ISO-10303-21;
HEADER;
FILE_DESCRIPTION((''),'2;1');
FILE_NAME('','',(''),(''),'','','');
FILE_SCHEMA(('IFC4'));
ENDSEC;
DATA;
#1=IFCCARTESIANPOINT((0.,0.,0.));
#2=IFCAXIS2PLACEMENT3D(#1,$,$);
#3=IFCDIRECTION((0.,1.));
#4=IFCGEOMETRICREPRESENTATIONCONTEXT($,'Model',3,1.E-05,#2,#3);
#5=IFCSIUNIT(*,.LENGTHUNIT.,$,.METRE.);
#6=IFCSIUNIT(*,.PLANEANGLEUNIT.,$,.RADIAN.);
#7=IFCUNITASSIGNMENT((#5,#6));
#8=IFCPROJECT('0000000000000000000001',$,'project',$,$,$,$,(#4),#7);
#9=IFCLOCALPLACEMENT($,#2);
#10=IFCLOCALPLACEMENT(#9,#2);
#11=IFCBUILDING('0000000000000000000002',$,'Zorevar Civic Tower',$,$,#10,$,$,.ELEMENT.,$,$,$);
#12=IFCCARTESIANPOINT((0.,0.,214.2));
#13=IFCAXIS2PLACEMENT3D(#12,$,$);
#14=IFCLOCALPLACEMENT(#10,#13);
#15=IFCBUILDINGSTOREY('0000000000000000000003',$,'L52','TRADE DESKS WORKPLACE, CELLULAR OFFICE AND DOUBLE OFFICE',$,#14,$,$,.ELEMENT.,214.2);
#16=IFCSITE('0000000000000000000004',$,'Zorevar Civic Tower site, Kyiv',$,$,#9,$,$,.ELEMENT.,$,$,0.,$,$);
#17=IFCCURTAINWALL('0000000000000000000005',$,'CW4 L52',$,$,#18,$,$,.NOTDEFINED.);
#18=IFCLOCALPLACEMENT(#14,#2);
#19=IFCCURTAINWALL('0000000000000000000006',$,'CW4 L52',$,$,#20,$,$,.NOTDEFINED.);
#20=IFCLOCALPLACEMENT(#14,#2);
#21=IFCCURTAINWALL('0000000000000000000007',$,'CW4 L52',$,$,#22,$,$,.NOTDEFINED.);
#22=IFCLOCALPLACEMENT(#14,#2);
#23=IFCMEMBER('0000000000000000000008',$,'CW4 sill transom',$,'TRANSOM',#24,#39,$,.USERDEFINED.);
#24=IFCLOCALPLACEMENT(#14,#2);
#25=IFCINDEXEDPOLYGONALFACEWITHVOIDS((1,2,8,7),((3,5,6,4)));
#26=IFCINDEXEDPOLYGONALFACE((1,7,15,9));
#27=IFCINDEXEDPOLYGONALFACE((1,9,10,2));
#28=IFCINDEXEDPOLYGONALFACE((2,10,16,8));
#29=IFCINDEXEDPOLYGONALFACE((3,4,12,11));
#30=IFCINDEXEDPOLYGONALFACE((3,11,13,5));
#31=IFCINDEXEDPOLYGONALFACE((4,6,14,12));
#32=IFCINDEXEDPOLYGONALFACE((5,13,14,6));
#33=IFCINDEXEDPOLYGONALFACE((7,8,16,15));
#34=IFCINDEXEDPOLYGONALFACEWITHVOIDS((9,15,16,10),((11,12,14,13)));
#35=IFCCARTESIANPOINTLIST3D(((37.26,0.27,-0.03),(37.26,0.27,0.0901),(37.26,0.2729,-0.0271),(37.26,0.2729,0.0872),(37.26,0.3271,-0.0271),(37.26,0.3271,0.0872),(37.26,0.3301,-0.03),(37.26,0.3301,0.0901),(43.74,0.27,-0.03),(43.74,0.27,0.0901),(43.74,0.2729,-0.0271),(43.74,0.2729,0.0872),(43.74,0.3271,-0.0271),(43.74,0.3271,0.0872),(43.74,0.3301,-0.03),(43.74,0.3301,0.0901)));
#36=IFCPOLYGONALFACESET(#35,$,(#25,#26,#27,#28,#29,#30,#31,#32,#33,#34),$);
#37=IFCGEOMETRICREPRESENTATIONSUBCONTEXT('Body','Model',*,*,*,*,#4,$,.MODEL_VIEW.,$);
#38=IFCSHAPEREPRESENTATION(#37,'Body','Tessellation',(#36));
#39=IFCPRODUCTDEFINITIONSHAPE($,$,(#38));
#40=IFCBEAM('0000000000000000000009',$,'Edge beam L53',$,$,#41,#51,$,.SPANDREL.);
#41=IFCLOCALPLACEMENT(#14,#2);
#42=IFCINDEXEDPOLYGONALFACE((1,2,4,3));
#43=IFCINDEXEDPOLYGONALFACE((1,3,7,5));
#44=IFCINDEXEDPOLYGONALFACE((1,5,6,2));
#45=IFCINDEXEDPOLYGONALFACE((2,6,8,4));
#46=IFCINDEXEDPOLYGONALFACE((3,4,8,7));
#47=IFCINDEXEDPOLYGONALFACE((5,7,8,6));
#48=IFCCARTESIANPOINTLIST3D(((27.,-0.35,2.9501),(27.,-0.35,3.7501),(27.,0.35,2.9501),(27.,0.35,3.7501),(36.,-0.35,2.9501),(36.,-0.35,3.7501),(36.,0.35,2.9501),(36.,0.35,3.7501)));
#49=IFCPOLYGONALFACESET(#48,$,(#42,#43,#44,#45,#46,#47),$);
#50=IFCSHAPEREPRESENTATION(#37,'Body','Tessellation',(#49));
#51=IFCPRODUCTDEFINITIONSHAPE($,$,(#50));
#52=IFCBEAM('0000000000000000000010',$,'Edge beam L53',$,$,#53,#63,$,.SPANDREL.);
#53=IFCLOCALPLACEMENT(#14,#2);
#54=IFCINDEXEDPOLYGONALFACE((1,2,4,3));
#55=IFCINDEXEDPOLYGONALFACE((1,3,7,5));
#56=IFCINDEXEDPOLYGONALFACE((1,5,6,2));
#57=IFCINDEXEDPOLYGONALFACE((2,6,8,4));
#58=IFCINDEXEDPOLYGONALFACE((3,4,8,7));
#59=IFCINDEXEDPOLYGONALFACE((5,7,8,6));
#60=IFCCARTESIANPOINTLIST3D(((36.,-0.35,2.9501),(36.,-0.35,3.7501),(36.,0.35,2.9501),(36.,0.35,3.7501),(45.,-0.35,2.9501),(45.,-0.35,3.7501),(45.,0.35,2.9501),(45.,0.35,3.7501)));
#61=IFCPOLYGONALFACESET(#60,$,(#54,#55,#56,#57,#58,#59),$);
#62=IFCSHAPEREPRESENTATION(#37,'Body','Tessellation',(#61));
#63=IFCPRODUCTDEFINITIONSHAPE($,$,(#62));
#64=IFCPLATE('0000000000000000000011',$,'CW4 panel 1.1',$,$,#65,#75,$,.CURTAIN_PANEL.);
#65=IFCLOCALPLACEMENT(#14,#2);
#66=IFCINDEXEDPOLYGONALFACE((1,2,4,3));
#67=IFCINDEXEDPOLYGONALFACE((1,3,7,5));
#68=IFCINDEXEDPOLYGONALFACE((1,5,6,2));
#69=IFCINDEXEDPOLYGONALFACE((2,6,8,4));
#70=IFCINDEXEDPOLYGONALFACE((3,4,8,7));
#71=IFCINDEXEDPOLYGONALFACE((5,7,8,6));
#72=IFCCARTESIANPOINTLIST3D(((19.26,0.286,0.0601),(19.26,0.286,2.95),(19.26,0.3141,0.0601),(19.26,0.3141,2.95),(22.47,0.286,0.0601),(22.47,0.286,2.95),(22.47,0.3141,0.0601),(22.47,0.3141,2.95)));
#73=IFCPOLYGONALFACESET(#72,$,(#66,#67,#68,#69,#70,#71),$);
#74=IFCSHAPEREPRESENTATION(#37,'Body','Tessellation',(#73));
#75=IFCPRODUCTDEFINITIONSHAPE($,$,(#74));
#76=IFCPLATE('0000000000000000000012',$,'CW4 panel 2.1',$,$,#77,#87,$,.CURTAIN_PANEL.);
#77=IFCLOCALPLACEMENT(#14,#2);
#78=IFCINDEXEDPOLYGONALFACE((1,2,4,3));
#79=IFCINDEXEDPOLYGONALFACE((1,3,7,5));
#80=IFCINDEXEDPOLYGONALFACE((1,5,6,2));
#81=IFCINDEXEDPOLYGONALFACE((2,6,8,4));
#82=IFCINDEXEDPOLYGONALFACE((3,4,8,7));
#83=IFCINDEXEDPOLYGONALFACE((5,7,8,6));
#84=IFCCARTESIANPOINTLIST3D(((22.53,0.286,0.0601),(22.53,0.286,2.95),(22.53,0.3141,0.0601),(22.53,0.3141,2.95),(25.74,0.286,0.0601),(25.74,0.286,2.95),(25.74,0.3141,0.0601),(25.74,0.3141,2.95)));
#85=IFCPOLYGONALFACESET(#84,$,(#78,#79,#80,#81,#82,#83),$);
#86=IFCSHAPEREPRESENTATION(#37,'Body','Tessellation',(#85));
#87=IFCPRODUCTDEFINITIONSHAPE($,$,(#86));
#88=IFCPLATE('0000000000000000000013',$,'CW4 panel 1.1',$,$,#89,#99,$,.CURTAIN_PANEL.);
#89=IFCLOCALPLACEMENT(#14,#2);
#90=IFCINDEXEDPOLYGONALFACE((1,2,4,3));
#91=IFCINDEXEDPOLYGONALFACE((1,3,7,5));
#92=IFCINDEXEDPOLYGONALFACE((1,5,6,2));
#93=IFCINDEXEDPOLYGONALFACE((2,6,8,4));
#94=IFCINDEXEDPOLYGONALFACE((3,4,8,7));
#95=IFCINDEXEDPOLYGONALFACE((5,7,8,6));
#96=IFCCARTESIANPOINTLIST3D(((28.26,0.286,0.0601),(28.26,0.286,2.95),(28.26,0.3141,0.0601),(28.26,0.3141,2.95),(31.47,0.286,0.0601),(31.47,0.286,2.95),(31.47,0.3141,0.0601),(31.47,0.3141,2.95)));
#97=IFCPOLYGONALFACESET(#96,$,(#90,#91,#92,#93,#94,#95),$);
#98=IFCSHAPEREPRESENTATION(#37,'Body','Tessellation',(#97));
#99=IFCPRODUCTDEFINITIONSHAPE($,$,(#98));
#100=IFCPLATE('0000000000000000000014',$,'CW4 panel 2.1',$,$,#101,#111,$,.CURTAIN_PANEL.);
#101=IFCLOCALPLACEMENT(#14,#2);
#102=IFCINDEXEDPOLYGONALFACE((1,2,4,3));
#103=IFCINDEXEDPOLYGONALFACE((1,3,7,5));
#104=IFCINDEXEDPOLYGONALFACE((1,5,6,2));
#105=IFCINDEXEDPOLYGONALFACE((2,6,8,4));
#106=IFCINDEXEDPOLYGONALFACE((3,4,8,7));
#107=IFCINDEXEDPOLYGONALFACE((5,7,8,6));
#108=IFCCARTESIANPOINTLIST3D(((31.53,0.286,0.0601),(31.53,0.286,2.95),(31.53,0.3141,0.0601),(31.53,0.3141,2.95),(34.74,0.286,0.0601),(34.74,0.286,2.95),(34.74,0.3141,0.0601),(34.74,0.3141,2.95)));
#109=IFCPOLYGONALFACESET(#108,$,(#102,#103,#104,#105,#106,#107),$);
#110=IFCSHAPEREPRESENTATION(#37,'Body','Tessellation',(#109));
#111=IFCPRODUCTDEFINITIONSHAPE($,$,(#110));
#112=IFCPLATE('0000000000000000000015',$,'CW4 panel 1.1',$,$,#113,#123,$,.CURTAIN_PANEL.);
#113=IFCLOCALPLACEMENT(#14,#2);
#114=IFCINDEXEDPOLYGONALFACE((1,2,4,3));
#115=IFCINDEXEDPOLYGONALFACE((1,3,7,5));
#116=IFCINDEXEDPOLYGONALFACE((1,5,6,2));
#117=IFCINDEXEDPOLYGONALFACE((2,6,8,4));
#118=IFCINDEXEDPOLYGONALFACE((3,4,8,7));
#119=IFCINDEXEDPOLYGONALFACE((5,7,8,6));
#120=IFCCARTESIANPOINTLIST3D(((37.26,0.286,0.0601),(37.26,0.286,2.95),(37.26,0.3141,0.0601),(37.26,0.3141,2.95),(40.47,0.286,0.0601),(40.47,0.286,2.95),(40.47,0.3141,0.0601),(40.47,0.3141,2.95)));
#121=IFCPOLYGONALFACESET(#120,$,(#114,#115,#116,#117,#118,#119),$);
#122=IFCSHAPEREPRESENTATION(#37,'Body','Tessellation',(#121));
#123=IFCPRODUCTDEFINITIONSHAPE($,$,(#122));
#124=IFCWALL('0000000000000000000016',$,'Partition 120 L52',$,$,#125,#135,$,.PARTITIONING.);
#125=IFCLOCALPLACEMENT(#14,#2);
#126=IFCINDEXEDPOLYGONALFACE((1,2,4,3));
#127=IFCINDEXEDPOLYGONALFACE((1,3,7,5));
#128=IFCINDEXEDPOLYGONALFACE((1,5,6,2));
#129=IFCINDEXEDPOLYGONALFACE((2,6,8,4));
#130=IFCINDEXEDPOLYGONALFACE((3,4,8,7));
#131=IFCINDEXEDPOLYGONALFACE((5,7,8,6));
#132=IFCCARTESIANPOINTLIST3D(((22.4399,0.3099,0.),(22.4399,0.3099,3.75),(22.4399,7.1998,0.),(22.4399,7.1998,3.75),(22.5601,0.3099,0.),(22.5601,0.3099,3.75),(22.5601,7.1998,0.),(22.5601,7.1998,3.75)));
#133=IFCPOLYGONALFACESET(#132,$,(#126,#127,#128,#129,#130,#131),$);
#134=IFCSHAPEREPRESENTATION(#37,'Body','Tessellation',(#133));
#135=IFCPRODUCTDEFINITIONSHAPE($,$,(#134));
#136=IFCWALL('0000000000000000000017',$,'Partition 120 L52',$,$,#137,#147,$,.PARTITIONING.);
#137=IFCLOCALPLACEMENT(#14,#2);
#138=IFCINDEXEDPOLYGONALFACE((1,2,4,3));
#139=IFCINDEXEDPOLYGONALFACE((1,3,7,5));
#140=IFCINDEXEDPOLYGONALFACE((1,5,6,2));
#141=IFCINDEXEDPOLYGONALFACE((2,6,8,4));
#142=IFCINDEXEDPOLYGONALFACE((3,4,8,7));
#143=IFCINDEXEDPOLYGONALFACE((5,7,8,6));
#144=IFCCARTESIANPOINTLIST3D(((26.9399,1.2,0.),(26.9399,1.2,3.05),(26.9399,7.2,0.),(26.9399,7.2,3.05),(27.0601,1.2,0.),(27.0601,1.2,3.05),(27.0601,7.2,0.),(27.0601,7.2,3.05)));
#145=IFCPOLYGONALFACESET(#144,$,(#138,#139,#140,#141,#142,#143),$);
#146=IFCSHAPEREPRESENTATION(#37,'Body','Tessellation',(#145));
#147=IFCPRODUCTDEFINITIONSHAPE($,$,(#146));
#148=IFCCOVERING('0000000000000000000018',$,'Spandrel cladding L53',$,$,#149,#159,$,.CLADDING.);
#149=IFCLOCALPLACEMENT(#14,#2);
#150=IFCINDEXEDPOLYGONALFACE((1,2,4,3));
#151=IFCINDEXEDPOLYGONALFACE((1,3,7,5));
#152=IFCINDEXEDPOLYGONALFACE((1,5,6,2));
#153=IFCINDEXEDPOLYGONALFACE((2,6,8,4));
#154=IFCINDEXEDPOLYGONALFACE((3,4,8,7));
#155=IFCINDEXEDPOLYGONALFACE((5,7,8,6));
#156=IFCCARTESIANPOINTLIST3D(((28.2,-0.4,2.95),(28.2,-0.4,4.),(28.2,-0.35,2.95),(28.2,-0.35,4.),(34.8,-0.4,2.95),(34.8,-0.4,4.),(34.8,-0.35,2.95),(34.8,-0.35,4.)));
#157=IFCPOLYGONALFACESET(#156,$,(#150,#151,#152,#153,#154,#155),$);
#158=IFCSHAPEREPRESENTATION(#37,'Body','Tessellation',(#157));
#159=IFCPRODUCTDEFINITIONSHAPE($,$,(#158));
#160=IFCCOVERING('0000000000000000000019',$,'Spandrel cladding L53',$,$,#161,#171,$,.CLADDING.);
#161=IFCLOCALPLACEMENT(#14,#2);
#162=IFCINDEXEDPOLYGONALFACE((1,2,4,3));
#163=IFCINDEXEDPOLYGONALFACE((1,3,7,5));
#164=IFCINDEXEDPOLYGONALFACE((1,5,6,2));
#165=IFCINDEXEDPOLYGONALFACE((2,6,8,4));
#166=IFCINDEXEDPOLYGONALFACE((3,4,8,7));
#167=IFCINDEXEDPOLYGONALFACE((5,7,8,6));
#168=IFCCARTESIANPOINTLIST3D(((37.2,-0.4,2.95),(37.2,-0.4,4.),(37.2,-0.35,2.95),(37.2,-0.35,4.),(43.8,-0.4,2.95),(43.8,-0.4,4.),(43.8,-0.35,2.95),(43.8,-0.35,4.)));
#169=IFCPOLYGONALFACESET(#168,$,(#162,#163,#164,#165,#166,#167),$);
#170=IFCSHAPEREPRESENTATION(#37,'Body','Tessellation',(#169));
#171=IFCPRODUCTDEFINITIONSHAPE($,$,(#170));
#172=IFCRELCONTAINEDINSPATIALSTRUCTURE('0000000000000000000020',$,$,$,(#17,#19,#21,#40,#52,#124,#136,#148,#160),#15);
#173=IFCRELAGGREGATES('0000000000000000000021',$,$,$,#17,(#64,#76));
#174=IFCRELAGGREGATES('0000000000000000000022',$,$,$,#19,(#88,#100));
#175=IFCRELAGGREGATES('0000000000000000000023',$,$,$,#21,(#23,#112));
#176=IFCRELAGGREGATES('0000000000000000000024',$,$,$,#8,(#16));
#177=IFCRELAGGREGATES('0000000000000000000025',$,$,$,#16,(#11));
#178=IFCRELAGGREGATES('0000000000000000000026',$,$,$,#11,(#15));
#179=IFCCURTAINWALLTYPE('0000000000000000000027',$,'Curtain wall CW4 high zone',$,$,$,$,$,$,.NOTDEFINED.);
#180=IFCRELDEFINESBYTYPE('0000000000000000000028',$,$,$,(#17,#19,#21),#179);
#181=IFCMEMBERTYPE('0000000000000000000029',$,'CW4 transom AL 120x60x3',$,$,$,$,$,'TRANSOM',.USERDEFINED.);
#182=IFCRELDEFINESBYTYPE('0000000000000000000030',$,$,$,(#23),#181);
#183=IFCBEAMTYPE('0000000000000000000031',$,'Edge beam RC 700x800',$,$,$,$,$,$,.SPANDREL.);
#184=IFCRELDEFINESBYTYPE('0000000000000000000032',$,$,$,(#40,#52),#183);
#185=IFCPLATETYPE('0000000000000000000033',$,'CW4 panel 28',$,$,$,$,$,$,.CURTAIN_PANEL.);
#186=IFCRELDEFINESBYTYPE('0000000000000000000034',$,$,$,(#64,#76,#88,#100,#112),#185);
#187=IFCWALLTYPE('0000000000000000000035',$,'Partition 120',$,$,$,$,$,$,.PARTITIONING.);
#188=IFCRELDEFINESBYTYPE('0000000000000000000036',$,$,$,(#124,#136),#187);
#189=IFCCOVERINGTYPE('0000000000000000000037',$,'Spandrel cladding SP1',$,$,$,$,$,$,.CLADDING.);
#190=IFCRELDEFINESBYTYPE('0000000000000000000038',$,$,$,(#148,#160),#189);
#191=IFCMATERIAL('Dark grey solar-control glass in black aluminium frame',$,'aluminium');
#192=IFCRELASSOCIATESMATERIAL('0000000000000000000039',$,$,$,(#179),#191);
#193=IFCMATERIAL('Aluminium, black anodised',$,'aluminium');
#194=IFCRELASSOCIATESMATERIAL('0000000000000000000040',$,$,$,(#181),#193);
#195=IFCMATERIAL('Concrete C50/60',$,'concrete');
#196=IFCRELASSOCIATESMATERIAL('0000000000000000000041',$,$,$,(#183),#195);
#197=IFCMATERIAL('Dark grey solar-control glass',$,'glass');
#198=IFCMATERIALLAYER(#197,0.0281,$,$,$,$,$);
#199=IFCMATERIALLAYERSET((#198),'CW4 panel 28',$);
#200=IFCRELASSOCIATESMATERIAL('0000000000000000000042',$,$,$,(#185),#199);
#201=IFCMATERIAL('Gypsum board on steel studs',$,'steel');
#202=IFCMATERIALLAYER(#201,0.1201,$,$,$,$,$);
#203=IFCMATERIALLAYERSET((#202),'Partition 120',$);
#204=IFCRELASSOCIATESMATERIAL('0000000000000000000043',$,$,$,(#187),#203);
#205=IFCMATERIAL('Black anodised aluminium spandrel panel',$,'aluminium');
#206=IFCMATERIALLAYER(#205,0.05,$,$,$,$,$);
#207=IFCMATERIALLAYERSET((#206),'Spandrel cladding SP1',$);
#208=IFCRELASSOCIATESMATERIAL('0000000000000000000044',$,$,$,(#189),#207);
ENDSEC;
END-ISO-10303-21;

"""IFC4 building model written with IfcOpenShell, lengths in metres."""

from ifc_helpers import new_model, si_unit, direction, frame, frame_2d, origin, origin_2d, place, context, subcontext, project, spatial, rectangle, hollow_rectangle, extrude, material, layer, layer_set, material_profile, profile_set, type_object, element, aggregate, save


model = new_model("IFC4")

# Units and contexts
model_context = context("Model", 3, precision=1e-05, world=origin(), true_north=direction((0.0, 1.0)))
body_context = subcontext(model_context, "Body", "Model", "MODEL_VIEW")
ifc_project = project(units=[si_unit("LENGTHUNIT", "METRE"), si_unit("PLANEANGLEUNIT", "RADIAN")], contexts=[model_context])

# Site, building, storey
site_placement = place(None, origin())
site = spatial("IfcSite", under=ifc_project, at=site_placement, Name="Zorevar Civic Tower site, Kyiv", CompositionType="ELEMENT", RefElevation=0.0)
building_placement = place(site_placement, origin())
building = spatial("IfcBuilding", under=site, at=building_placement, Name="Zorevar Civic Tower", CompositionType="ELEMENT")
storey_placement = place(building_placement, frame((0.0, 0.0, 214.2)))
storey = spatial("IfcBuildingStorey", under=building, at=storey_placement, Name="L52", Description="TRADE DESKS WORKPLACE, CELLULAR OFFICE AND DOUBLE OFFICE", CompositionType="ELEMENT", Elevation=214.2)

# Curtain walls
ifc_material_1 = material(Name="Dark grey solar-control glass in black aluminium frame", Category="aluminium")
curtain_wall_type = type_object("IfcCurtainWallType", Name="Curtain wall CW4 high zone", PredefinedType="NOTDEFINED", material=ifc_material_1)
curtain_wall_1_placement = place(storey_placement, origin())
curtain_wall_1 = element("IfcCurtainWall", 1, at=curtain_wall_1_placement, inside=storey, type_object=curtain_wall_type, Name="CW4 L52", PredefinedType="NOTDEFINED")
curtain_wall_2_placement = place(storey_placement, origin())
curtain_wall_2 = element("IfcCurtainWall", 2, at=curtain_wall_2_placement, inside=storey, type_object=curtain_wall_type, Name="CW4 L52", PredefinedType="NOTDEFINED")

# Curtain wall
curtain_wall_3_placement = place(storey_placement, origin())
curtain_wall_3 = element("IfcCurtainWall", 3, at=curtain_wall_3_placement, inside=storey, type_object=curtain_wall_type, Name="CW4 L52", PredefinedType="NOTDEFINED")

# Member
ifc_material_2 = material(Name="Aluminium, black anodised", Category="aluminium")
ifc_material_profile_1 = material_profile(ifc_material_2, hollow_rectangle(XDim=0.0601, YDim=0.1201, WallThickness=0.0029, at=origin_2d()), Name="AL 120x60x3")
ifc_profile_set_1 = profile_set([ifc_material_profile_1], Name="Aluminium, black anodised")
member_type_1 = type_object("IfcMemberType", Name="CW4 transom AL 120x60x3", ElementType="TRANSOM", PredefinedType="USERDEFINED", material=ifc_profile_set_1)
member_1_placement = place(storey_placement, frame((37.26, 0.3, 0.03), z_axis=(1.0, 0.0, 0.0), x_axis=(0.0, 1.0, 0.0)))
member_1 = element("IfcMember", 4, at=member_1_placement, type_object=member_type_1, Name="CW4 sill transom", ObjectType="TRANSOM", PredefinedType="USERDEFINED", context=body_context, shape_type="SweptSolid", body=[
    extrude(hollow_rectangle(XDim=0.0601, YDim=0.1201, WallThickness=0.0029, at=origin_2d()), origin(), (0.0, 0.0, 1.0), 6.48),
])

# Beams
ifc_material_3 = material(Name="Concrete C50/60", Category="concrete")
ifc_material_profile_2 = material_profile(ifc_material_3, rectangle(XDim=0.7, YDim=0.8, at=origin_2d()), Name="RC 700x800")
ifc_profile_set_2 = profile_set([ifc_material_profile_2], Name="Concrete C50/60")
beam_type_1 = type_object("IfcBeamType", Name="Edge beam RC 700x800", PredefinedType="SPANDREL", material=ifc_profile_set_2)
for number, where, z_axis, x_axis, name in (
    (5, (27.0, 0.0, 3.3501), (1.0, 0.0, 0.0), (0.0, 1.0, 0.0), "Edge beam L53"),
    (6, (36.0, 0.0, 3.3501), (1.0, 0.0, 0.0), (0.0, 1.0, 0.0), "Edge beam L53"),
):
    element("IfcBeam", number, at=place(storey_placement, frame(where, z_axis=z_axis, x_axis=x_axis)), inside=storey, type_object=beam_type_1, Name=name, PredefinedType="SPANDREL", context=body_context, shape_type="SweptSolid", body=[
        extrude(rectangle(XDim=0.7, YDim=0.8, at=origin_2d()), origin(), (0.0, 0.0, 1.0), 9.0),
    ])

# Plates
ifc_material_4 = material(Name="Dark grey solar-control glass", Category="glass")
ifc_layer_1 = layer(ifc_material_4, 0.0281)
ifc_layer_set_1 = layer_set([ifc_layer_1], Name="CW4 panel 28")
plate_type = type_object("IfcPlateType", Name="CW4 panel 28", PredefinedType="CURTAIN_PANEL", material=ifc_layer_set_1)
plate_1_placement = place(storey_placement, frame((20.865, 0.3, 0.0601), z_axis=(0.0, 0.0, 1.0), x_axis=(1.0, 0.0, 0.0)))
plate_1 = element("IfcPlate", 7, at=plate_1_placement, type_object=plate_type, Name="CW4 panel 1.1", PredefinedType="CURTAIN_PANEL", context=body_context, shape_type="SweptSolid", body=[
    extrude(rectangle(XDim=3.21, YDim=0.0281, at=origin_2d()), origin(), (0.0, 0.0, 1.0), 2.8899),
])
plate_2_placement = place(storey_placement, frame((24.135, 0.3, 0.0601), z_axis=(0.0, 0.0, 1.0), x_axis=(1.0, 0.0, 0.0)))
plate_2 = element("IfcPlate", 8, at=plate_2_placement, type_object=plate_type, Name="CW4 panel 2.1", PredefinedType="CURTAIN_PANEL", context=body_context, shape_type="SweptSolid", body=[
    extrude(rectangle(XDim=3.21, YDim=0.0281, at=origin_2d()), origin(), (0.0, 0.0, 1.0), 2.8899),
])
aggregate(curtain_wall_1, [plate_1, plate_2])
plate_3_placement = place(storey_placement, frame((29.865, 0.3, 0.0601), z_axis=(0.0, 0.0, 1.0), x_axis=(1.0, 0.0, 0.0)))
plate_3 = element("IfcPlate", 9, at=plate_3_placement, type_object=plate_type, Name="CW4 panel 1.1", PredefinedType="CURTAIN_PANEL", context=body_context, shape_type="SweptSolid", body=[
    extrude(rectangle(XDim=3.21, YDim=0.0281, at=origin_2d()), origin(), (0.0, 0.0, 1.0), 2.8899),
])
plate_4_placement = place(storey_placement, frame((33.135, 0.3, 0.0601), z_axis=(0.0, 0.0, 1.0), x_axis=(1.0, 0.0, 0.0)))
plate_4 = element("IfcPlate", 10, at=plate_4_placement, type_object=plate_type, Name="CW4 panel 2.1", PredefinedType="CURTAIN_PANEL", context=body_context, shape_type="SweptSolid", body=[
    extrude(rectangle(XDim=3.21, YDim=0.0281, at=origin_2d()), origin(), (0.0, 0.0, 1.0), 2.8899),
])
aggregate(curtain_wall_2, [plate_3, plate_4])
plate_5_placement = place(storey_placement, frame((38.865, 0.3, 0.0601), z_axis=(0.0, 0.0, 1.0), x_axis=(1.0, 0.0, 0.0)))
plate_5 = element("IfcPlate", 11, at=plate_5_placement, type_object=plate_type, Name="CW4 panel 1.1", PredefinedType="CURTAIN_PANEL", context=body_context, shape_type="SweptSolid", body=[
    extrude(rectangle(XDim=3.21, YDim=0.0281, at=origin_2d()), origin(), (0.0, 0.0, 1.0), 2.8899),
])
aggregate(curtain_wall_3, [member_1, plate_5])

# Walls
ifc_material_5 = material(Name="Gypsum board on steel studs", Category="steel")
ifc_layer_2 = layer(ifc_material_5, 0.1201)
ifc_layer_set_2 = layer_set([ifc_layer_2], Name="Partition 120")
wall_type = type_object("IfcWallType", Name="Partition 120", PredefinedType="PARTITIONING", material=ifc_layer_set_2)
wall_1_placement = place(storey_placement, frame((22.5, 0.3101, 0.0), z_axis=(0.0, 0.0, 1.0), x_axis=(0.0, 1.0, 0.0)))
element("IfcWall", 12, at=wall_1_placement, inside=storey, type_object=wall_type, Name="Partition 120 L52", PredefinedType="PARTITIONING", context=body_context, shape_type="SweptSolid", body=[
    extrude(rectangle(XDim=6.8899, YDim=0.1201, at=frame_2d((3.4448, 0.0))), origin(), (0.0, 0.0, 1.0), 3.75),
])
wall_2_placement = place(storey_placement, frame((27.0, 1.2, 0.0), z_axis=(0.0, 0.0, 1.0), x_axis=(0.0, 1.0, 0.0)))
element("IfcWall", 13, at=wall_2_placement, inside=storey, type_object=wall_type, Name="Partition 120 L52", PredefinedType="PARTITIONING", context=body_context, shape_type="SweptSolid", body=[
    extrude(rectangle(XDim=6.0, YDim=0.1201, at=frame_2d((3.0, 0.0))), origin(), (0.0, 0.0, 1.0), 3.05),
])

# Coverings
ifc_material_6 = material(Name="Black anodised aluminium spandrel panel", Category="aluminium")
ifc_layer_3 = layer(ifc_material_6, 0.05)
ifc_layer_set_3 = layer_set([ifc_layer_3], Name="Spandrel cladding SP1")
covering_type = type_object("IfcCoveringType", Name="Spandrel cladding SP1", PredefinedType="CLADDING", material=ifc_layer_set_3)
for number, where, z_axis, x_axis, name in (
    (14, (28.2, -0.375, 2.95), (0.0, 0.0, 1.0), (1.0, 0.0, 0.0), "Spandrel cladding L53"),
    (15, (37.2, -0.375, 2.95), (0.0, 0.0, 1.0), (1.0, 0.0, 0.0), "Spandrel cladding L53"),
):
    element("IfcCovering", number, at=place(storey_placement, frame(where, z_axis=z_axis, x_axis=x_axis)), inside=storey, type_object=covering_type, Name=name, PredefinedType="CLADDING", context=body_context, shape_type="SweptSolid", body=[
        extrude(rectangle(XDim=6.6001, YDim=0.05, at=frame_2d((3.3, 0.0))), origin(), (0.0, 0.0, 1.0), 1.05),
    ])

save(model, "model.ifc")
